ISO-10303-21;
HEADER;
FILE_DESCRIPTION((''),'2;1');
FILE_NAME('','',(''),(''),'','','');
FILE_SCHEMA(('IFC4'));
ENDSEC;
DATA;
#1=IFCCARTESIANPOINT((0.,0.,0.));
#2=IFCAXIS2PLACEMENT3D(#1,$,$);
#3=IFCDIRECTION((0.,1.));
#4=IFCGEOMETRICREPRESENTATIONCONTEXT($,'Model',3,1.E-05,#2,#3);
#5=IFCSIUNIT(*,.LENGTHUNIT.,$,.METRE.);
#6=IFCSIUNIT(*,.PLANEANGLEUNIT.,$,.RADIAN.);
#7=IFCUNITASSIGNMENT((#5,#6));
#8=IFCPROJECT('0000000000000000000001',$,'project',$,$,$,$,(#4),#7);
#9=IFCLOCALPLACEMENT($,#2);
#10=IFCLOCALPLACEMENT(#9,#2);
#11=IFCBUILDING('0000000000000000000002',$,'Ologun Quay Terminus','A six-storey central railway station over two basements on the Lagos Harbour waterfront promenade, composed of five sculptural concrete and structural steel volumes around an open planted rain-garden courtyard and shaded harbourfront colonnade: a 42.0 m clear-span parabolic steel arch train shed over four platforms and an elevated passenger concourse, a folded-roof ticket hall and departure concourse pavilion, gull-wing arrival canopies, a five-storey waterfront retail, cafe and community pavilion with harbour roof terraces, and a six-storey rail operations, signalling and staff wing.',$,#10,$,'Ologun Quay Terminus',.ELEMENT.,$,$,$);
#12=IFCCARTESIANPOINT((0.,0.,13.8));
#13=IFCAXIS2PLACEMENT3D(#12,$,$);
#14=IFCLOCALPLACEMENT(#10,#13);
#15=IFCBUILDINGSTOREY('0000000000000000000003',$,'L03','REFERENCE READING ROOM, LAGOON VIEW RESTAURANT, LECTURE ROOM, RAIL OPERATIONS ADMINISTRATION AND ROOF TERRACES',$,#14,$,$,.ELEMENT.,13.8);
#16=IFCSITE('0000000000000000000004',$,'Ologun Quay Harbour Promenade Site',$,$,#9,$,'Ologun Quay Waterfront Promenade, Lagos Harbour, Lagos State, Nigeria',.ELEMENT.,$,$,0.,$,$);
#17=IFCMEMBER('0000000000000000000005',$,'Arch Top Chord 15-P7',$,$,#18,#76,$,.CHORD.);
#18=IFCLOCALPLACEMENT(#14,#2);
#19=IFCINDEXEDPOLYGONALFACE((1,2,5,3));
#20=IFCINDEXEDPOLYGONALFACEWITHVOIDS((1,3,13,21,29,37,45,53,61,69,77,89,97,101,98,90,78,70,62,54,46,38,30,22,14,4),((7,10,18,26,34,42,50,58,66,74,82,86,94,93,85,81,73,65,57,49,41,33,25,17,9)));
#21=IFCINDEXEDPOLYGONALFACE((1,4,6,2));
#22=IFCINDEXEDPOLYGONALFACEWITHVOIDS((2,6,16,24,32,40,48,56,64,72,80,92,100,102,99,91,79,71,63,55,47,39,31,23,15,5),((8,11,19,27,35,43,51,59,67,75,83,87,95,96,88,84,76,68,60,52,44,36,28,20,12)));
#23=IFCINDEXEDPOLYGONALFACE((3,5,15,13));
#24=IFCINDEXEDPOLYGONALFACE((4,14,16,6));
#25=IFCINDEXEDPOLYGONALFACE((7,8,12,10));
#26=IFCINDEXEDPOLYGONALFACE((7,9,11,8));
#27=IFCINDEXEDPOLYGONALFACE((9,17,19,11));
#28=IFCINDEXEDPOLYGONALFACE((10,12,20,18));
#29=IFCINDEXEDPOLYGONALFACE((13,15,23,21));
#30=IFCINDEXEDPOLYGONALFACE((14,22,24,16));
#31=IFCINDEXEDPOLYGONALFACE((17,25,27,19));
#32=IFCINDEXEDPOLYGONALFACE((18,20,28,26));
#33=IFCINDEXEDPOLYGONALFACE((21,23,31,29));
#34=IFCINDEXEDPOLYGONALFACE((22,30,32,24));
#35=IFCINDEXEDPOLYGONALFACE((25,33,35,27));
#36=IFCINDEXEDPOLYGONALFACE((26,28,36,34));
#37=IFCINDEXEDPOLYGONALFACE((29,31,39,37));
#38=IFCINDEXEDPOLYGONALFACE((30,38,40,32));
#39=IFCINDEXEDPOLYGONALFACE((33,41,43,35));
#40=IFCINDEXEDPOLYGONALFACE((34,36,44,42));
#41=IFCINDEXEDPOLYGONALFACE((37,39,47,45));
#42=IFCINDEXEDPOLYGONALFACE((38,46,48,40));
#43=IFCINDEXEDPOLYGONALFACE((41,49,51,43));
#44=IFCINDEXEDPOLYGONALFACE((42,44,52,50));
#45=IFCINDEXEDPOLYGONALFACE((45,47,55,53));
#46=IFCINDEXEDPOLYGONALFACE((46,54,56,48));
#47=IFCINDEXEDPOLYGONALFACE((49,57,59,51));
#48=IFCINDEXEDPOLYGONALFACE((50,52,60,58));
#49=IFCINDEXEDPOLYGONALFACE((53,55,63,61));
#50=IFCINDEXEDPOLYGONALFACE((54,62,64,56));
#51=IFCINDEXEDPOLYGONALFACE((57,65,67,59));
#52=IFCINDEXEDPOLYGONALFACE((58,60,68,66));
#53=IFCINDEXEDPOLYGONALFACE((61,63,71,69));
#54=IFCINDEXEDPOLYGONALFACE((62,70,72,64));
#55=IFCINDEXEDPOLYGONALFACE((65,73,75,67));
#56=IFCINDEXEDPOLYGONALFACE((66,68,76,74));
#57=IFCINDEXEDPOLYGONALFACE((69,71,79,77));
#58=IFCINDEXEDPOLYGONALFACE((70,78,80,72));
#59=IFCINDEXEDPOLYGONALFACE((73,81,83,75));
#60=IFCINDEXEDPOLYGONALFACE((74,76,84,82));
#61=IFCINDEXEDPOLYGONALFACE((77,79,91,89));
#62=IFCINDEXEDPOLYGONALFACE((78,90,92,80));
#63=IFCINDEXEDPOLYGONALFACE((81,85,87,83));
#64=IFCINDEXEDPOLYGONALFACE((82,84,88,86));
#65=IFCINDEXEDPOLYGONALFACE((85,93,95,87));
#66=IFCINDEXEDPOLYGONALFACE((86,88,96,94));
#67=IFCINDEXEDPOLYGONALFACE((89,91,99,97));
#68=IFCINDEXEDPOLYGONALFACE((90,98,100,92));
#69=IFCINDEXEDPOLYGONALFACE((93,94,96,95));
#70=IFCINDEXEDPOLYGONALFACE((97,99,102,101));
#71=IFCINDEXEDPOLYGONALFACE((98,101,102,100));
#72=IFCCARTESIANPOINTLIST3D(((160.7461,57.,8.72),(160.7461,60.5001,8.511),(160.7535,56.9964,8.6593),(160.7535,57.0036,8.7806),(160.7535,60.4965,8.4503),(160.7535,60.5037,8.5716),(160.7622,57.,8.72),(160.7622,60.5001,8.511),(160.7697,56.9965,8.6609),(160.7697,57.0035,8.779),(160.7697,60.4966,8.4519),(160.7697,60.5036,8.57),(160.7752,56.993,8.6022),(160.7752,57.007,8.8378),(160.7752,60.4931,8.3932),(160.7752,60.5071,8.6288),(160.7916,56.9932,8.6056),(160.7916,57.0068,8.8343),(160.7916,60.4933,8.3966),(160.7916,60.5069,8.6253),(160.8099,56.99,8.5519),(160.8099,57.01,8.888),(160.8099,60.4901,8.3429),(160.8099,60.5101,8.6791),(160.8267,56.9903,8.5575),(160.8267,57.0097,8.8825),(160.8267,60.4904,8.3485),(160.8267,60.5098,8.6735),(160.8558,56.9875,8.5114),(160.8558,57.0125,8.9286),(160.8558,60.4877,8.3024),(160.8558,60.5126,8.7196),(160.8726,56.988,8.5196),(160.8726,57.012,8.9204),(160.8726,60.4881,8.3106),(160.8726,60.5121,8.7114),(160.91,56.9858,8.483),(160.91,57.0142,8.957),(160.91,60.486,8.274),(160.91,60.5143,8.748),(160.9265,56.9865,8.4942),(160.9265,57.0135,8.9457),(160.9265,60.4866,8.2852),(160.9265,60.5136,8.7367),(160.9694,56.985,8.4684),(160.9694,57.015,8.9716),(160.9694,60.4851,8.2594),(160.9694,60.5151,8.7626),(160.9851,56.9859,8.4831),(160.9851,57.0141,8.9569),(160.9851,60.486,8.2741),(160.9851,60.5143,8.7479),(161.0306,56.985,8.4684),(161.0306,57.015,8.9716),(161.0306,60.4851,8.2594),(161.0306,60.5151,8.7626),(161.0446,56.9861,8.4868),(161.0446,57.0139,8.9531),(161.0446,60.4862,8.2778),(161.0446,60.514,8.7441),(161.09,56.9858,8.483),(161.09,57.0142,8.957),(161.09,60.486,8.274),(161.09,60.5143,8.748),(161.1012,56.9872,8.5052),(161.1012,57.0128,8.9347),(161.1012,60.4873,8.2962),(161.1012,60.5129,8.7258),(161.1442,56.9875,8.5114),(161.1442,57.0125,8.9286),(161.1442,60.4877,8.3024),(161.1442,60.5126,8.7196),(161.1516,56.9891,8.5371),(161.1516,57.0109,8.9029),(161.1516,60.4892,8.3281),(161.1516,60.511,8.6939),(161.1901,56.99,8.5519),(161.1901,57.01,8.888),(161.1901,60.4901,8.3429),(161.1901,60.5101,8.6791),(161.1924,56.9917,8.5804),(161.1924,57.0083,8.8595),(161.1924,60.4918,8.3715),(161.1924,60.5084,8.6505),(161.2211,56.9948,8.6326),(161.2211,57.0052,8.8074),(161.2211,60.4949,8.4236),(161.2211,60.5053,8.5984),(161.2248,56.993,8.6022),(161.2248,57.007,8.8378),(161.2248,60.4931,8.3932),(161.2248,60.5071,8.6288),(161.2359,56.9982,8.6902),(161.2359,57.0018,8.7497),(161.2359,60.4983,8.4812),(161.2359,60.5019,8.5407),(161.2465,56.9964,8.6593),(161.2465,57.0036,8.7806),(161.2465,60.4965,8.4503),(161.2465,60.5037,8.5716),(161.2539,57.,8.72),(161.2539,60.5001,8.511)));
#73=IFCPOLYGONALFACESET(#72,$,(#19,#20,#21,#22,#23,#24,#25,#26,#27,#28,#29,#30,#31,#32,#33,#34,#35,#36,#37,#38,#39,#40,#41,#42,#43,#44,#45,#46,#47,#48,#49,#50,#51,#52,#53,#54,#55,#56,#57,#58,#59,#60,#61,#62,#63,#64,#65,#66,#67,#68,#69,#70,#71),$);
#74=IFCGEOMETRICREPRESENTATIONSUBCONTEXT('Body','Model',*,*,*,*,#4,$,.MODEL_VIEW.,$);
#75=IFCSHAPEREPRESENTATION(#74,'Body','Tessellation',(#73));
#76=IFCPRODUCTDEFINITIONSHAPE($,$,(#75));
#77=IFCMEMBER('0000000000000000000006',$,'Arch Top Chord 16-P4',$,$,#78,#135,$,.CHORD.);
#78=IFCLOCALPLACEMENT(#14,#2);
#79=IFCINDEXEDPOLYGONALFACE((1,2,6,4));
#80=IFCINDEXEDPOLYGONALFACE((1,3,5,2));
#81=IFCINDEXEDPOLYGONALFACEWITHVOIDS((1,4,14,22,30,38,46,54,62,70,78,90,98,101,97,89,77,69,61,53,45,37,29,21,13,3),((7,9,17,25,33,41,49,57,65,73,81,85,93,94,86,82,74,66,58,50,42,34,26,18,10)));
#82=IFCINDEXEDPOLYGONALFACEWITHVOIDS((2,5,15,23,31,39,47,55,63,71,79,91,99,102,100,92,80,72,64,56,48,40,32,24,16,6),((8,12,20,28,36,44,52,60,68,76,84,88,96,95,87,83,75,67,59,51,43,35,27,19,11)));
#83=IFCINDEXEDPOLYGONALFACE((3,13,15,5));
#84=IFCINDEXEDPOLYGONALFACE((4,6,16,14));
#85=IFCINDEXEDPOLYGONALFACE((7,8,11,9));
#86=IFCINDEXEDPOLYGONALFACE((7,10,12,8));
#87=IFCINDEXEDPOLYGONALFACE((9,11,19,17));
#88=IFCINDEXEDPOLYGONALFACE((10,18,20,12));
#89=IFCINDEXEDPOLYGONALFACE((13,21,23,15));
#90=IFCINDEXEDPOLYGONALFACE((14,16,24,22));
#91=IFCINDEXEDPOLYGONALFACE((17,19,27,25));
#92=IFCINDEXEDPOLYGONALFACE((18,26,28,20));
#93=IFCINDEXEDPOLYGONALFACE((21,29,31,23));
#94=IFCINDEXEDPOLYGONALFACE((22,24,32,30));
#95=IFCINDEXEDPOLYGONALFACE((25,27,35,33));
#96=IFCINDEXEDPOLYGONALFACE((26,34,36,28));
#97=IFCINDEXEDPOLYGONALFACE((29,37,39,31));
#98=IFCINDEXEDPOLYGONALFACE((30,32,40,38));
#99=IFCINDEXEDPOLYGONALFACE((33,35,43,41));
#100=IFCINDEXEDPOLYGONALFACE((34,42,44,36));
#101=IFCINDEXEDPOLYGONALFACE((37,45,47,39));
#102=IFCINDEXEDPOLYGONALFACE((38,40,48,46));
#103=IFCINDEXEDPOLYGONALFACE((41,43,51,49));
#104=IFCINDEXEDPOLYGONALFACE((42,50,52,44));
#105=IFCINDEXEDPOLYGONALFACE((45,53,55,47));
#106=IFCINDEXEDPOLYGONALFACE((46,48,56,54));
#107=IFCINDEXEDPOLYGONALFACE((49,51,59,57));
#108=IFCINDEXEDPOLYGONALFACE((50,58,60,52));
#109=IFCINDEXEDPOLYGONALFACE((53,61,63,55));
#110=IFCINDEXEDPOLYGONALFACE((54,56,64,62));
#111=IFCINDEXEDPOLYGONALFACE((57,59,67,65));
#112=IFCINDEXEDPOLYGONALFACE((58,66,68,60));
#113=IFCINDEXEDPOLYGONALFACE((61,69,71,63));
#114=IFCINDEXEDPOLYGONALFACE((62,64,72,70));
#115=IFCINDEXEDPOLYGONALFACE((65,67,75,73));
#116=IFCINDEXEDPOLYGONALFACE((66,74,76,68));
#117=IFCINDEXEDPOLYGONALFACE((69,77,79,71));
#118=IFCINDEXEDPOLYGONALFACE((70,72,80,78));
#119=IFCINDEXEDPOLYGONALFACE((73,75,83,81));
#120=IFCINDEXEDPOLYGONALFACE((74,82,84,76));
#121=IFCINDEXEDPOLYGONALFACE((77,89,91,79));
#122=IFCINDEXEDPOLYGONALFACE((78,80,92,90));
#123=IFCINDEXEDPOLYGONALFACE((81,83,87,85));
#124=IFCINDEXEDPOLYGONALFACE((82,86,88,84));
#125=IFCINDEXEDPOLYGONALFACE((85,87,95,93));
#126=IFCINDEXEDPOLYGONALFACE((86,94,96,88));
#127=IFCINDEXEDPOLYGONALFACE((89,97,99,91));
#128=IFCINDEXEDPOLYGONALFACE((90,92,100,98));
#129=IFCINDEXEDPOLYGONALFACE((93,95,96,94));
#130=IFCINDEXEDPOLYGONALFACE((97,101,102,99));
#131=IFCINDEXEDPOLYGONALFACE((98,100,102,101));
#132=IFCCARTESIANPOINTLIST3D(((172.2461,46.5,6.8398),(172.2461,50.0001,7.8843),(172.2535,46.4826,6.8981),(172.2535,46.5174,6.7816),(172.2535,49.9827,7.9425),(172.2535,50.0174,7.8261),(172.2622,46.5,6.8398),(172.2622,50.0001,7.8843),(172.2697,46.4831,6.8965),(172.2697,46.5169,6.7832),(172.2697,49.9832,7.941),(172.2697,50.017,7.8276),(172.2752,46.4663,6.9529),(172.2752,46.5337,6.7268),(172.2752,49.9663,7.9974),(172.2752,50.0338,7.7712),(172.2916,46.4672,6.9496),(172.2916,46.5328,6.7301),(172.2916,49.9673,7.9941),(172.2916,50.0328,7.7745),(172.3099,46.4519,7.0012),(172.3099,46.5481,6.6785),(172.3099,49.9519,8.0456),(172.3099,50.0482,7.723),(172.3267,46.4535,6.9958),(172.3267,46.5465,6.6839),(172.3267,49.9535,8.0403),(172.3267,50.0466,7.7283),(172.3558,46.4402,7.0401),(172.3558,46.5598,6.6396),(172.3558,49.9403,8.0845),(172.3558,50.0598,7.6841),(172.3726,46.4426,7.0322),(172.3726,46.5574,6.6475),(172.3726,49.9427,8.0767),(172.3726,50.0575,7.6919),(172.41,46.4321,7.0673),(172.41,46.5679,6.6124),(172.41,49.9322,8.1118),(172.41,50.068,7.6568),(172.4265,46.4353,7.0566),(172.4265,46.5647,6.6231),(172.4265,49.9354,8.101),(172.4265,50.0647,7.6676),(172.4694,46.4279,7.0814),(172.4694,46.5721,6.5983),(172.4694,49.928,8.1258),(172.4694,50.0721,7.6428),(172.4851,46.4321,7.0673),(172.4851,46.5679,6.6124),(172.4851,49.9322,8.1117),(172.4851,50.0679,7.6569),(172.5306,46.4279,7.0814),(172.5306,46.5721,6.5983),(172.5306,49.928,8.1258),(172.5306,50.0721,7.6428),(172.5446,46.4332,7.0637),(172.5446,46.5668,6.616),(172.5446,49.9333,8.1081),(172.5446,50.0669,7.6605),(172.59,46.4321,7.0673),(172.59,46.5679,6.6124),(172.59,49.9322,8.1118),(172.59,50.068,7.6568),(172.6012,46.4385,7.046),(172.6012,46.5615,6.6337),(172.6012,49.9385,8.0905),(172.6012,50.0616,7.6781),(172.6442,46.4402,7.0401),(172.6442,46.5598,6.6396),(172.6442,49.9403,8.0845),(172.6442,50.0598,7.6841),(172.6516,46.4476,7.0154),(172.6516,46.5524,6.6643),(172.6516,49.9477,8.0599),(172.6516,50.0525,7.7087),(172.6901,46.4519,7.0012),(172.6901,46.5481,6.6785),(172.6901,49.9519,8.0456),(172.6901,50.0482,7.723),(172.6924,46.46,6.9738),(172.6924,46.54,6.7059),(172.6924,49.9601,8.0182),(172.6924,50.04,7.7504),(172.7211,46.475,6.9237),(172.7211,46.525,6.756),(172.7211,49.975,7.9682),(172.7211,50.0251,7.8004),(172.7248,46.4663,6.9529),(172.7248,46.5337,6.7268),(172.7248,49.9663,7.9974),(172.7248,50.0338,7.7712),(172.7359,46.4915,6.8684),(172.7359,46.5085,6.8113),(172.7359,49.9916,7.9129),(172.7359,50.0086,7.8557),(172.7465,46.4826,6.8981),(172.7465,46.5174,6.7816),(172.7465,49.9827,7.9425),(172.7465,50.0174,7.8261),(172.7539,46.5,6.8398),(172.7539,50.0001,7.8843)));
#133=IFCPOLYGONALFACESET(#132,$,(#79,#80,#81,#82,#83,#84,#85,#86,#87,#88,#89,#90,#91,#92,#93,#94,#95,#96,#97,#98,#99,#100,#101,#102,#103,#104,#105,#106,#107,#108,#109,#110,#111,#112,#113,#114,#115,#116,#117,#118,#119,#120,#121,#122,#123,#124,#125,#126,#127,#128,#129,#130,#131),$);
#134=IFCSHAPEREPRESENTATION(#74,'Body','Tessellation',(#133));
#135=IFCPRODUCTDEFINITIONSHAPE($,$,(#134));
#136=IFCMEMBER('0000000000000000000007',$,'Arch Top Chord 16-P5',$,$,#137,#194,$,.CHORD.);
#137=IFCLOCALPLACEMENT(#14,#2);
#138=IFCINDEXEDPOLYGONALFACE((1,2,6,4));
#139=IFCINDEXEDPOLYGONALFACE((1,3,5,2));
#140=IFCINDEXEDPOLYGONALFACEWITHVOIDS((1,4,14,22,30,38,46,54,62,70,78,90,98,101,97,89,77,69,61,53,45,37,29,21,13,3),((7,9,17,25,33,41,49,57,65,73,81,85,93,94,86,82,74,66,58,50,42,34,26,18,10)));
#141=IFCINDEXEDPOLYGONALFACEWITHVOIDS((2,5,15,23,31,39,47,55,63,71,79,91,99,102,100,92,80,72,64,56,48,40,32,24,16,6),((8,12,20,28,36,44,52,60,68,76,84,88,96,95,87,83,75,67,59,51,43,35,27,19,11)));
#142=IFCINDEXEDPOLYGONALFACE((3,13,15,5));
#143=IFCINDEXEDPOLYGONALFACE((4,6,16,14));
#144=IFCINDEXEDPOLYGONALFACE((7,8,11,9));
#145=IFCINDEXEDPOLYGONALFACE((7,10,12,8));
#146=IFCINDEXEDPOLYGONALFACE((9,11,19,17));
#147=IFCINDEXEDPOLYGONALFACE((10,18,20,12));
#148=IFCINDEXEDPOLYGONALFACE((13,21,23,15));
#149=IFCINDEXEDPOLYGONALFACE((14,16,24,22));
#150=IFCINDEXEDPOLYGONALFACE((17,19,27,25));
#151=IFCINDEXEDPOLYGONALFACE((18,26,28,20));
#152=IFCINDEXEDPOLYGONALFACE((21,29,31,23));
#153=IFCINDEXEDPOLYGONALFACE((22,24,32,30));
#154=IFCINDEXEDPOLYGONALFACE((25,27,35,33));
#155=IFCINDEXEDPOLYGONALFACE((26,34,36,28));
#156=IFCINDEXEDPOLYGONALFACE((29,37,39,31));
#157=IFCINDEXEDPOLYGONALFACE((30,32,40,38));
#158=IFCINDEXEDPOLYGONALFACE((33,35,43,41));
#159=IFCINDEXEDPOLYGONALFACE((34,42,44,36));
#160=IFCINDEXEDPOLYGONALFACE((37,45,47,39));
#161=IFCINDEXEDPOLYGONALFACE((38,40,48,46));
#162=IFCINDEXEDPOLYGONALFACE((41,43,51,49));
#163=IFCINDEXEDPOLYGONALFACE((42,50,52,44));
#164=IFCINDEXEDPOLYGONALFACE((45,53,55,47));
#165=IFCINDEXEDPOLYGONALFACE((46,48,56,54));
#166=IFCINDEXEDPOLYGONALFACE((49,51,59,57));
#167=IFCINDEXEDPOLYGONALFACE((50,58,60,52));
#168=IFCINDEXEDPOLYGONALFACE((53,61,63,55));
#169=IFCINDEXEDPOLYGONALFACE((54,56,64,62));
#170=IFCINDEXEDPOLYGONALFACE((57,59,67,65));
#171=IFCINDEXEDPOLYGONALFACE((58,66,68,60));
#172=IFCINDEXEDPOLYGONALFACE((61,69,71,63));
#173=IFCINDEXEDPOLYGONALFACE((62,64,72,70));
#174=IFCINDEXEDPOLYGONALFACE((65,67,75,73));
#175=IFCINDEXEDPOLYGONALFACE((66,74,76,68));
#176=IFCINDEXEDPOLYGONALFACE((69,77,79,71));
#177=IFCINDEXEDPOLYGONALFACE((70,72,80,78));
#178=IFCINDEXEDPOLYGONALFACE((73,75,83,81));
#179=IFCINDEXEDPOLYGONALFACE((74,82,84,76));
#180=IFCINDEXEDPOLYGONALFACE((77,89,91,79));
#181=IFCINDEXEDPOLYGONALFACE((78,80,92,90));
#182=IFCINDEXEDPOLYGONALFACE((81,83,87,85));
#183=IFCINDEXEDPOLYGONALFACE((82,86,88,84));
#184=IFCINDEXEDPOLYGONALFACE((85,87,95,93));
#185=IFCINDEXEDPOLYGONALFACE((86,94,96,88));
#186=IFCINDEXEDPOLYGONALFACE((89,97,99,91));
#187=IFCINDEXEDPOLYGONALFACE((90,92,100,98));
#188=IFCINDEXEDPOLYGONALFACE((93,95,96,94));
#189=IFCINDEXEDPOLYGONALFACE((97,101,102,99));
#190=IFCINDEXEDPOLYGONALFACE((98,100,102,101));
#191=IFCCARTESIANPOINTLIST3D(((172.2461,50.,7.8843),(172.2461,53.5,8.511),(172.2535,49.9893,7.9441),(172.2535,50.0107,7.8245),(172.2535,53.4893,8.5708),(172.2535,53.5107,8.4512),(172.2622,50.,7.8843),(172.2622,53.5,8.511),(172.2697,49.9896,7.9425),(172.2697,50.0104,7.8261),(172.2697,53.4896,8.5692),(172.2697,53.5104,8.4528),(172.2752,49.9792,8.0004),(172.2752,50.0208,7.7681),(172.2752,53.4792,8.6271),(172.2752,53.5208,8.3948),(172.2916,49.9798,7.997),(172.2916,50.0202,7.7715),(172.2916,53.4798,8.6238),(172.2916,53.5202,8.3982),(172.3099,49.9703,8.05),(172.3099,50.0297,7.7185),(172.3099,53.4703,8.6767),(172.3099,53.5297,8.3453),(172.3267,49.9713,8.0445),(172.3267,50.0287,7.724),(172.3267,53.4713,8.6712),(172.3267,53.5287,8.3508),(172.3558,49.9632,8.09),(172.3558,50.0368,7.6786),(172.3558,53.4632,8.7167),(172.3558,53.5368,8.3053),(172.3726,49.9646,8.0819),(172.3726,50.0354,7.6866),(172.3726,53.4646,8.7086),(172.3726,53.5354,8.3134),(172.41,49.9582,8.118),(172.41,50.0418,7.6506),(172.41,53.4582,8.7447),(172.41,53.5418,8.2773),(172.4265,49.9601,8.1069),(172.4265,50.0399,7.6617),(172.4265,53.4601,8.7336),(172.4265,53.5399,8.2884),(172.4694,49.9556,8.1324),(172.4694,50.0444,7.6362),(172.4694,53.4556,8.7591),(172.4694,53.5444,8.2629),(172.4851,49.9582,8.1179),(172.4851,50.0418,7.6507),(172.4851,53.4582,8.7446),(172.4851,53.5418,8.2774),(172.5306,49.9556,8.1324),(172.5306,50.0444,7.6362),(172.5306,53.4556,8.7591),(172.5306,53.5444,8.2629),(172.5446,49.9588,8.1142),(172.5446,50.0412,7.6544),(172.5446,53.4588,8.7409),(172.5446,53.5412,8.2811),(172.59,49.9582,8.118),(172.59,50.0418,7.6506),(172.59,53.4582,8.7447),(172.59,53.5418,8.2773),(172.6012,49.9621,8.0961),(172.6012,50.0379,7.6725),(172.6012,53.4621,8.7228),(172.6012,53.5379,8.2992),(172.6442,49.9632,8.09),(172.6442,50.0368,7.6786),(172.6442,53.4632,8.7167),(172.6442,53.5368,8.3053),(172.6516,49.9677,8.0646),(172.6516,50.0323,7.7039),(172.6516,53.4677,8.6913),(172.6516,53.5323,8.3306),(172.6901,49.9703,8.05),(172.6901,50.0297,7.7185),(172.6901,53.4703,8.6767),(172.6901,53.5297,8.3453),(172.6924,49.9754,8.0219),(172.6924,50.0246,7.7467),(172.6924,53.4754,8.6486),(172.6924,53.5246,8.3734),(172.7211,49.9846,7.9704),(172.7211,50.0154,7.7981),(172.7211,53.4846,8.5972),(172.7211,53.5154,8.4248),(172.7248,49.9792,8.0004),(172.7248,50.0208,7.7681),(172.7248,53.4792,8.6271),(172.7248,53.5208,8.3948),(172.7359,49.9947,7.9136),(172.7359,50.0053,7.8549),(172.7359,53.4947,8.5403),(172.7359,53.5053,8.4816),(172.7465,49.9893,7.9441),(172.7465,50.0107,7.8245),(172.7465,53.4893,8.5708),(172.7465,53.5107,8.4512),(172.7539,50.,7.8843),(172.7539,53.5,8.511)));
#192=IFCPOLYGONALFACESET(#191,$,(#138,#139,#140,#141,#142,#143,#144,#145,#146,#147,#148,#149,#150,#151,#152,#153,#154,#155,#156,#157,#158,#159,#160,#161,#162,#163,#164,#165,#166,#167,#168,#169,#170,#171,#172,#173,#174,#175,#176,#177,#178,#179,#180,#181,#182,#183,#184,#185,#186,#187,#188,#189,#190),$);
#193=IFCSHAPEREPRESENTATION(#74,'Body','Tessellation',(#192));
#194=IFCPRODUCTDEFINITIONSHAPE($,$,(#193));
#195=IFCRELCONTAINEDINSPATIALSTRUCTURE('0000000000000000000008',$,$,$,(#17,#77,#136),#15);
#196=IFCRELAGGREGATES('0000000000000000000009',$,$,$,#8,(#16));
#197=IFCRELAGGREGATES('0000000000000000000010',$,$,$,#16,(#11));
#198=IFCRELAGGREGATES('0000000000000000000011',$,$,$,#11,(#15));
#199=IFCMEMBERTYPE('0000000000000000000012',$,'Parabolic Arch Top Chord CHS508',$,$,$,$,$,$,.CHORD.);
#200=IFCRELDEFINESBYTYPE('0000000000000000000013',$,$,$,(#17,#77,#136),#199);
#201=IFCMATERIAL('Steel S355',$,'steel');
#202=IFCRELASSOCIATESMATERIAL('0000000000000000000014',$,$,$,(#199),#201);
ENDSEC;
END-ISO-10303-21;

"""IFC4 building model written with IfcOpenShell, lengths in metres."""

from ifc_helpers import new_model, si_unit, direction, frame, origin, origin_2d, place, context, subcontext, project, spatial, hollow_circle, extrude, material, material_profile, profile_set, type_object, element, save


model = new_model("IFC4")

# Units and contexts
model_context = context("Model", 3, precision=1e-05, world=origin(), true_north=direction((0.0, 1.0)))
body_context = subcontext(model_context, "Body", "Model", "MODEL_VIEW")
ifc_project = project(units=[si_unit("LENGTHUNIT", "METRE"), si_unit("PLANEANGLEUNIT", "RADIAN")], contexts=[model_context])

# Site, building, storey
site_placement = place(None, origin())
site = spatial("IfcSite", under=ifc_project, at=site_placement, Name="Ologun Quay Harbour Promenade Site", LongName="Ologun Quay Waterfront Promenade, Lagos Harbour, Lagos State, Nigeria", CompositionType="ELEMENT", RefElevation=0.0)
building_placement = place(site_placement, origin())
building = spatial("IfcBuilding", under=site, at=building_placement, Name="Ologun Quay Terminus", Description="A six-storey central railway station over two basements on the Lagos Harbour waterfront promenade, composed of five sculptural concrete and structural steel volumes around an open planted rain-garden courtyard and shaded harbourfront colonnade: a 42.0 m clear-span parabolic steel arch train shed over four platforms and an elevated passenger concourse, a folded-roof ticket hall and departure concourse pavilion, gull-wing arrival canopies, a five-storey waterfront retail, cafe and community pavilion with harbour roof terraces, and a six-storey rail operations, signalling and staff wing.", LongName="Ologun Quay Terminus", CompositionType="ELEMENT")
storey_placement = place(building_placement, frame((0.0, 0.0, 13.8)))
storey = spatial("IfcBuildingStorey", under=building, at=storey_placement, Name="L03", Description="REFERENCE READING ROOM, LAGOON VIEW RESTAURANT, LECTURE ROOM, RAIL OPERATIONS ADMINISTRATION AND ROOF TERRACES", CompositionType="ELEMENT", Elevation=13.8)

# Members
ifc_material_1 = material(Name="Steel S355", Category="steel")
ifc_material_profile_1 = material_profile(ifc_material_1, hollow_circle(Radius=0.2539, WallThickness=0.0161, at=origin_2d()), Name="CHS 508x16")
ifc_profile_set_1 = profile_set([ifc_material_profile_1], Name="Steel S355")
member_type_1 = type_object("IfcMemberType", Name="Parabolic Arch Top Chord CHS508", PredefinedType="CHORD", material=ifc_profile_set_1)
for number, where, z_axis, x_axis, name in (
    (1, (161.0, 57.0, 8.72), (0.0, 0.998222, -0.059604), (-1.0, 0.0, 0.0), "Arch Top Chord 15-P7"),
):
    element("IfcMember", number, at=place(storey_placement, frame(where, z_axis=z_axis, x_axis=x_axis)), inside=storey, type_object=member_type_1, Name=name, PredefinedType="CHORD", context=body_context, shape_type="SweptSolid", body=[
        extrude(hollow_circle(Radius=0.2539, WallThickness=0.0161, at=origin_2d()), origin(), (0.0, 0.0, 1.0), 3.5063),
    ])
member_1_placement = place(storey_placement, frame((172.5, 46.5, 6.8398), z_axis=(0.0, 0.958245, 0.285949), x_axis=(-1.0, 0.0, 0.0)))
element("IfcMember", 2, at=member_1_placement, inside=storey, type_object=member_type_1, Name="Arch Top Chord 16-P4", PredefinedType="CHORD", context=body_context, shape_type="SweptSolid", body=[
    extrude(hollow_circle(Radius=0.2539, WallThickness=0.0161, at=origin_2d()), origin(), (0.0, 0.0, 1.0), 3.6526),
])
member_2_placement = place(storey_placement, frame((172.5, 50.0, 7.8843), z_axis=(0.0, 0.984344, 0.176256), x_axis=(-1.0, 0.0, 0.0)))
element("IfcMember", 3, at=member_2_placement, inside=storey, type_object=member_type_1, Name="Arch Top Chord 16-P5", PredefinedType="CHORD", context=body_context, shape_type="SweptSolid", body=[
    extrude(hollow_circle(Radius=0.2539, WallThickness=0.0161, at=origin_2d()), origin(), (0.0, 0.0, 1.0), 3.5557),
])

save(model, "model.ifc")
